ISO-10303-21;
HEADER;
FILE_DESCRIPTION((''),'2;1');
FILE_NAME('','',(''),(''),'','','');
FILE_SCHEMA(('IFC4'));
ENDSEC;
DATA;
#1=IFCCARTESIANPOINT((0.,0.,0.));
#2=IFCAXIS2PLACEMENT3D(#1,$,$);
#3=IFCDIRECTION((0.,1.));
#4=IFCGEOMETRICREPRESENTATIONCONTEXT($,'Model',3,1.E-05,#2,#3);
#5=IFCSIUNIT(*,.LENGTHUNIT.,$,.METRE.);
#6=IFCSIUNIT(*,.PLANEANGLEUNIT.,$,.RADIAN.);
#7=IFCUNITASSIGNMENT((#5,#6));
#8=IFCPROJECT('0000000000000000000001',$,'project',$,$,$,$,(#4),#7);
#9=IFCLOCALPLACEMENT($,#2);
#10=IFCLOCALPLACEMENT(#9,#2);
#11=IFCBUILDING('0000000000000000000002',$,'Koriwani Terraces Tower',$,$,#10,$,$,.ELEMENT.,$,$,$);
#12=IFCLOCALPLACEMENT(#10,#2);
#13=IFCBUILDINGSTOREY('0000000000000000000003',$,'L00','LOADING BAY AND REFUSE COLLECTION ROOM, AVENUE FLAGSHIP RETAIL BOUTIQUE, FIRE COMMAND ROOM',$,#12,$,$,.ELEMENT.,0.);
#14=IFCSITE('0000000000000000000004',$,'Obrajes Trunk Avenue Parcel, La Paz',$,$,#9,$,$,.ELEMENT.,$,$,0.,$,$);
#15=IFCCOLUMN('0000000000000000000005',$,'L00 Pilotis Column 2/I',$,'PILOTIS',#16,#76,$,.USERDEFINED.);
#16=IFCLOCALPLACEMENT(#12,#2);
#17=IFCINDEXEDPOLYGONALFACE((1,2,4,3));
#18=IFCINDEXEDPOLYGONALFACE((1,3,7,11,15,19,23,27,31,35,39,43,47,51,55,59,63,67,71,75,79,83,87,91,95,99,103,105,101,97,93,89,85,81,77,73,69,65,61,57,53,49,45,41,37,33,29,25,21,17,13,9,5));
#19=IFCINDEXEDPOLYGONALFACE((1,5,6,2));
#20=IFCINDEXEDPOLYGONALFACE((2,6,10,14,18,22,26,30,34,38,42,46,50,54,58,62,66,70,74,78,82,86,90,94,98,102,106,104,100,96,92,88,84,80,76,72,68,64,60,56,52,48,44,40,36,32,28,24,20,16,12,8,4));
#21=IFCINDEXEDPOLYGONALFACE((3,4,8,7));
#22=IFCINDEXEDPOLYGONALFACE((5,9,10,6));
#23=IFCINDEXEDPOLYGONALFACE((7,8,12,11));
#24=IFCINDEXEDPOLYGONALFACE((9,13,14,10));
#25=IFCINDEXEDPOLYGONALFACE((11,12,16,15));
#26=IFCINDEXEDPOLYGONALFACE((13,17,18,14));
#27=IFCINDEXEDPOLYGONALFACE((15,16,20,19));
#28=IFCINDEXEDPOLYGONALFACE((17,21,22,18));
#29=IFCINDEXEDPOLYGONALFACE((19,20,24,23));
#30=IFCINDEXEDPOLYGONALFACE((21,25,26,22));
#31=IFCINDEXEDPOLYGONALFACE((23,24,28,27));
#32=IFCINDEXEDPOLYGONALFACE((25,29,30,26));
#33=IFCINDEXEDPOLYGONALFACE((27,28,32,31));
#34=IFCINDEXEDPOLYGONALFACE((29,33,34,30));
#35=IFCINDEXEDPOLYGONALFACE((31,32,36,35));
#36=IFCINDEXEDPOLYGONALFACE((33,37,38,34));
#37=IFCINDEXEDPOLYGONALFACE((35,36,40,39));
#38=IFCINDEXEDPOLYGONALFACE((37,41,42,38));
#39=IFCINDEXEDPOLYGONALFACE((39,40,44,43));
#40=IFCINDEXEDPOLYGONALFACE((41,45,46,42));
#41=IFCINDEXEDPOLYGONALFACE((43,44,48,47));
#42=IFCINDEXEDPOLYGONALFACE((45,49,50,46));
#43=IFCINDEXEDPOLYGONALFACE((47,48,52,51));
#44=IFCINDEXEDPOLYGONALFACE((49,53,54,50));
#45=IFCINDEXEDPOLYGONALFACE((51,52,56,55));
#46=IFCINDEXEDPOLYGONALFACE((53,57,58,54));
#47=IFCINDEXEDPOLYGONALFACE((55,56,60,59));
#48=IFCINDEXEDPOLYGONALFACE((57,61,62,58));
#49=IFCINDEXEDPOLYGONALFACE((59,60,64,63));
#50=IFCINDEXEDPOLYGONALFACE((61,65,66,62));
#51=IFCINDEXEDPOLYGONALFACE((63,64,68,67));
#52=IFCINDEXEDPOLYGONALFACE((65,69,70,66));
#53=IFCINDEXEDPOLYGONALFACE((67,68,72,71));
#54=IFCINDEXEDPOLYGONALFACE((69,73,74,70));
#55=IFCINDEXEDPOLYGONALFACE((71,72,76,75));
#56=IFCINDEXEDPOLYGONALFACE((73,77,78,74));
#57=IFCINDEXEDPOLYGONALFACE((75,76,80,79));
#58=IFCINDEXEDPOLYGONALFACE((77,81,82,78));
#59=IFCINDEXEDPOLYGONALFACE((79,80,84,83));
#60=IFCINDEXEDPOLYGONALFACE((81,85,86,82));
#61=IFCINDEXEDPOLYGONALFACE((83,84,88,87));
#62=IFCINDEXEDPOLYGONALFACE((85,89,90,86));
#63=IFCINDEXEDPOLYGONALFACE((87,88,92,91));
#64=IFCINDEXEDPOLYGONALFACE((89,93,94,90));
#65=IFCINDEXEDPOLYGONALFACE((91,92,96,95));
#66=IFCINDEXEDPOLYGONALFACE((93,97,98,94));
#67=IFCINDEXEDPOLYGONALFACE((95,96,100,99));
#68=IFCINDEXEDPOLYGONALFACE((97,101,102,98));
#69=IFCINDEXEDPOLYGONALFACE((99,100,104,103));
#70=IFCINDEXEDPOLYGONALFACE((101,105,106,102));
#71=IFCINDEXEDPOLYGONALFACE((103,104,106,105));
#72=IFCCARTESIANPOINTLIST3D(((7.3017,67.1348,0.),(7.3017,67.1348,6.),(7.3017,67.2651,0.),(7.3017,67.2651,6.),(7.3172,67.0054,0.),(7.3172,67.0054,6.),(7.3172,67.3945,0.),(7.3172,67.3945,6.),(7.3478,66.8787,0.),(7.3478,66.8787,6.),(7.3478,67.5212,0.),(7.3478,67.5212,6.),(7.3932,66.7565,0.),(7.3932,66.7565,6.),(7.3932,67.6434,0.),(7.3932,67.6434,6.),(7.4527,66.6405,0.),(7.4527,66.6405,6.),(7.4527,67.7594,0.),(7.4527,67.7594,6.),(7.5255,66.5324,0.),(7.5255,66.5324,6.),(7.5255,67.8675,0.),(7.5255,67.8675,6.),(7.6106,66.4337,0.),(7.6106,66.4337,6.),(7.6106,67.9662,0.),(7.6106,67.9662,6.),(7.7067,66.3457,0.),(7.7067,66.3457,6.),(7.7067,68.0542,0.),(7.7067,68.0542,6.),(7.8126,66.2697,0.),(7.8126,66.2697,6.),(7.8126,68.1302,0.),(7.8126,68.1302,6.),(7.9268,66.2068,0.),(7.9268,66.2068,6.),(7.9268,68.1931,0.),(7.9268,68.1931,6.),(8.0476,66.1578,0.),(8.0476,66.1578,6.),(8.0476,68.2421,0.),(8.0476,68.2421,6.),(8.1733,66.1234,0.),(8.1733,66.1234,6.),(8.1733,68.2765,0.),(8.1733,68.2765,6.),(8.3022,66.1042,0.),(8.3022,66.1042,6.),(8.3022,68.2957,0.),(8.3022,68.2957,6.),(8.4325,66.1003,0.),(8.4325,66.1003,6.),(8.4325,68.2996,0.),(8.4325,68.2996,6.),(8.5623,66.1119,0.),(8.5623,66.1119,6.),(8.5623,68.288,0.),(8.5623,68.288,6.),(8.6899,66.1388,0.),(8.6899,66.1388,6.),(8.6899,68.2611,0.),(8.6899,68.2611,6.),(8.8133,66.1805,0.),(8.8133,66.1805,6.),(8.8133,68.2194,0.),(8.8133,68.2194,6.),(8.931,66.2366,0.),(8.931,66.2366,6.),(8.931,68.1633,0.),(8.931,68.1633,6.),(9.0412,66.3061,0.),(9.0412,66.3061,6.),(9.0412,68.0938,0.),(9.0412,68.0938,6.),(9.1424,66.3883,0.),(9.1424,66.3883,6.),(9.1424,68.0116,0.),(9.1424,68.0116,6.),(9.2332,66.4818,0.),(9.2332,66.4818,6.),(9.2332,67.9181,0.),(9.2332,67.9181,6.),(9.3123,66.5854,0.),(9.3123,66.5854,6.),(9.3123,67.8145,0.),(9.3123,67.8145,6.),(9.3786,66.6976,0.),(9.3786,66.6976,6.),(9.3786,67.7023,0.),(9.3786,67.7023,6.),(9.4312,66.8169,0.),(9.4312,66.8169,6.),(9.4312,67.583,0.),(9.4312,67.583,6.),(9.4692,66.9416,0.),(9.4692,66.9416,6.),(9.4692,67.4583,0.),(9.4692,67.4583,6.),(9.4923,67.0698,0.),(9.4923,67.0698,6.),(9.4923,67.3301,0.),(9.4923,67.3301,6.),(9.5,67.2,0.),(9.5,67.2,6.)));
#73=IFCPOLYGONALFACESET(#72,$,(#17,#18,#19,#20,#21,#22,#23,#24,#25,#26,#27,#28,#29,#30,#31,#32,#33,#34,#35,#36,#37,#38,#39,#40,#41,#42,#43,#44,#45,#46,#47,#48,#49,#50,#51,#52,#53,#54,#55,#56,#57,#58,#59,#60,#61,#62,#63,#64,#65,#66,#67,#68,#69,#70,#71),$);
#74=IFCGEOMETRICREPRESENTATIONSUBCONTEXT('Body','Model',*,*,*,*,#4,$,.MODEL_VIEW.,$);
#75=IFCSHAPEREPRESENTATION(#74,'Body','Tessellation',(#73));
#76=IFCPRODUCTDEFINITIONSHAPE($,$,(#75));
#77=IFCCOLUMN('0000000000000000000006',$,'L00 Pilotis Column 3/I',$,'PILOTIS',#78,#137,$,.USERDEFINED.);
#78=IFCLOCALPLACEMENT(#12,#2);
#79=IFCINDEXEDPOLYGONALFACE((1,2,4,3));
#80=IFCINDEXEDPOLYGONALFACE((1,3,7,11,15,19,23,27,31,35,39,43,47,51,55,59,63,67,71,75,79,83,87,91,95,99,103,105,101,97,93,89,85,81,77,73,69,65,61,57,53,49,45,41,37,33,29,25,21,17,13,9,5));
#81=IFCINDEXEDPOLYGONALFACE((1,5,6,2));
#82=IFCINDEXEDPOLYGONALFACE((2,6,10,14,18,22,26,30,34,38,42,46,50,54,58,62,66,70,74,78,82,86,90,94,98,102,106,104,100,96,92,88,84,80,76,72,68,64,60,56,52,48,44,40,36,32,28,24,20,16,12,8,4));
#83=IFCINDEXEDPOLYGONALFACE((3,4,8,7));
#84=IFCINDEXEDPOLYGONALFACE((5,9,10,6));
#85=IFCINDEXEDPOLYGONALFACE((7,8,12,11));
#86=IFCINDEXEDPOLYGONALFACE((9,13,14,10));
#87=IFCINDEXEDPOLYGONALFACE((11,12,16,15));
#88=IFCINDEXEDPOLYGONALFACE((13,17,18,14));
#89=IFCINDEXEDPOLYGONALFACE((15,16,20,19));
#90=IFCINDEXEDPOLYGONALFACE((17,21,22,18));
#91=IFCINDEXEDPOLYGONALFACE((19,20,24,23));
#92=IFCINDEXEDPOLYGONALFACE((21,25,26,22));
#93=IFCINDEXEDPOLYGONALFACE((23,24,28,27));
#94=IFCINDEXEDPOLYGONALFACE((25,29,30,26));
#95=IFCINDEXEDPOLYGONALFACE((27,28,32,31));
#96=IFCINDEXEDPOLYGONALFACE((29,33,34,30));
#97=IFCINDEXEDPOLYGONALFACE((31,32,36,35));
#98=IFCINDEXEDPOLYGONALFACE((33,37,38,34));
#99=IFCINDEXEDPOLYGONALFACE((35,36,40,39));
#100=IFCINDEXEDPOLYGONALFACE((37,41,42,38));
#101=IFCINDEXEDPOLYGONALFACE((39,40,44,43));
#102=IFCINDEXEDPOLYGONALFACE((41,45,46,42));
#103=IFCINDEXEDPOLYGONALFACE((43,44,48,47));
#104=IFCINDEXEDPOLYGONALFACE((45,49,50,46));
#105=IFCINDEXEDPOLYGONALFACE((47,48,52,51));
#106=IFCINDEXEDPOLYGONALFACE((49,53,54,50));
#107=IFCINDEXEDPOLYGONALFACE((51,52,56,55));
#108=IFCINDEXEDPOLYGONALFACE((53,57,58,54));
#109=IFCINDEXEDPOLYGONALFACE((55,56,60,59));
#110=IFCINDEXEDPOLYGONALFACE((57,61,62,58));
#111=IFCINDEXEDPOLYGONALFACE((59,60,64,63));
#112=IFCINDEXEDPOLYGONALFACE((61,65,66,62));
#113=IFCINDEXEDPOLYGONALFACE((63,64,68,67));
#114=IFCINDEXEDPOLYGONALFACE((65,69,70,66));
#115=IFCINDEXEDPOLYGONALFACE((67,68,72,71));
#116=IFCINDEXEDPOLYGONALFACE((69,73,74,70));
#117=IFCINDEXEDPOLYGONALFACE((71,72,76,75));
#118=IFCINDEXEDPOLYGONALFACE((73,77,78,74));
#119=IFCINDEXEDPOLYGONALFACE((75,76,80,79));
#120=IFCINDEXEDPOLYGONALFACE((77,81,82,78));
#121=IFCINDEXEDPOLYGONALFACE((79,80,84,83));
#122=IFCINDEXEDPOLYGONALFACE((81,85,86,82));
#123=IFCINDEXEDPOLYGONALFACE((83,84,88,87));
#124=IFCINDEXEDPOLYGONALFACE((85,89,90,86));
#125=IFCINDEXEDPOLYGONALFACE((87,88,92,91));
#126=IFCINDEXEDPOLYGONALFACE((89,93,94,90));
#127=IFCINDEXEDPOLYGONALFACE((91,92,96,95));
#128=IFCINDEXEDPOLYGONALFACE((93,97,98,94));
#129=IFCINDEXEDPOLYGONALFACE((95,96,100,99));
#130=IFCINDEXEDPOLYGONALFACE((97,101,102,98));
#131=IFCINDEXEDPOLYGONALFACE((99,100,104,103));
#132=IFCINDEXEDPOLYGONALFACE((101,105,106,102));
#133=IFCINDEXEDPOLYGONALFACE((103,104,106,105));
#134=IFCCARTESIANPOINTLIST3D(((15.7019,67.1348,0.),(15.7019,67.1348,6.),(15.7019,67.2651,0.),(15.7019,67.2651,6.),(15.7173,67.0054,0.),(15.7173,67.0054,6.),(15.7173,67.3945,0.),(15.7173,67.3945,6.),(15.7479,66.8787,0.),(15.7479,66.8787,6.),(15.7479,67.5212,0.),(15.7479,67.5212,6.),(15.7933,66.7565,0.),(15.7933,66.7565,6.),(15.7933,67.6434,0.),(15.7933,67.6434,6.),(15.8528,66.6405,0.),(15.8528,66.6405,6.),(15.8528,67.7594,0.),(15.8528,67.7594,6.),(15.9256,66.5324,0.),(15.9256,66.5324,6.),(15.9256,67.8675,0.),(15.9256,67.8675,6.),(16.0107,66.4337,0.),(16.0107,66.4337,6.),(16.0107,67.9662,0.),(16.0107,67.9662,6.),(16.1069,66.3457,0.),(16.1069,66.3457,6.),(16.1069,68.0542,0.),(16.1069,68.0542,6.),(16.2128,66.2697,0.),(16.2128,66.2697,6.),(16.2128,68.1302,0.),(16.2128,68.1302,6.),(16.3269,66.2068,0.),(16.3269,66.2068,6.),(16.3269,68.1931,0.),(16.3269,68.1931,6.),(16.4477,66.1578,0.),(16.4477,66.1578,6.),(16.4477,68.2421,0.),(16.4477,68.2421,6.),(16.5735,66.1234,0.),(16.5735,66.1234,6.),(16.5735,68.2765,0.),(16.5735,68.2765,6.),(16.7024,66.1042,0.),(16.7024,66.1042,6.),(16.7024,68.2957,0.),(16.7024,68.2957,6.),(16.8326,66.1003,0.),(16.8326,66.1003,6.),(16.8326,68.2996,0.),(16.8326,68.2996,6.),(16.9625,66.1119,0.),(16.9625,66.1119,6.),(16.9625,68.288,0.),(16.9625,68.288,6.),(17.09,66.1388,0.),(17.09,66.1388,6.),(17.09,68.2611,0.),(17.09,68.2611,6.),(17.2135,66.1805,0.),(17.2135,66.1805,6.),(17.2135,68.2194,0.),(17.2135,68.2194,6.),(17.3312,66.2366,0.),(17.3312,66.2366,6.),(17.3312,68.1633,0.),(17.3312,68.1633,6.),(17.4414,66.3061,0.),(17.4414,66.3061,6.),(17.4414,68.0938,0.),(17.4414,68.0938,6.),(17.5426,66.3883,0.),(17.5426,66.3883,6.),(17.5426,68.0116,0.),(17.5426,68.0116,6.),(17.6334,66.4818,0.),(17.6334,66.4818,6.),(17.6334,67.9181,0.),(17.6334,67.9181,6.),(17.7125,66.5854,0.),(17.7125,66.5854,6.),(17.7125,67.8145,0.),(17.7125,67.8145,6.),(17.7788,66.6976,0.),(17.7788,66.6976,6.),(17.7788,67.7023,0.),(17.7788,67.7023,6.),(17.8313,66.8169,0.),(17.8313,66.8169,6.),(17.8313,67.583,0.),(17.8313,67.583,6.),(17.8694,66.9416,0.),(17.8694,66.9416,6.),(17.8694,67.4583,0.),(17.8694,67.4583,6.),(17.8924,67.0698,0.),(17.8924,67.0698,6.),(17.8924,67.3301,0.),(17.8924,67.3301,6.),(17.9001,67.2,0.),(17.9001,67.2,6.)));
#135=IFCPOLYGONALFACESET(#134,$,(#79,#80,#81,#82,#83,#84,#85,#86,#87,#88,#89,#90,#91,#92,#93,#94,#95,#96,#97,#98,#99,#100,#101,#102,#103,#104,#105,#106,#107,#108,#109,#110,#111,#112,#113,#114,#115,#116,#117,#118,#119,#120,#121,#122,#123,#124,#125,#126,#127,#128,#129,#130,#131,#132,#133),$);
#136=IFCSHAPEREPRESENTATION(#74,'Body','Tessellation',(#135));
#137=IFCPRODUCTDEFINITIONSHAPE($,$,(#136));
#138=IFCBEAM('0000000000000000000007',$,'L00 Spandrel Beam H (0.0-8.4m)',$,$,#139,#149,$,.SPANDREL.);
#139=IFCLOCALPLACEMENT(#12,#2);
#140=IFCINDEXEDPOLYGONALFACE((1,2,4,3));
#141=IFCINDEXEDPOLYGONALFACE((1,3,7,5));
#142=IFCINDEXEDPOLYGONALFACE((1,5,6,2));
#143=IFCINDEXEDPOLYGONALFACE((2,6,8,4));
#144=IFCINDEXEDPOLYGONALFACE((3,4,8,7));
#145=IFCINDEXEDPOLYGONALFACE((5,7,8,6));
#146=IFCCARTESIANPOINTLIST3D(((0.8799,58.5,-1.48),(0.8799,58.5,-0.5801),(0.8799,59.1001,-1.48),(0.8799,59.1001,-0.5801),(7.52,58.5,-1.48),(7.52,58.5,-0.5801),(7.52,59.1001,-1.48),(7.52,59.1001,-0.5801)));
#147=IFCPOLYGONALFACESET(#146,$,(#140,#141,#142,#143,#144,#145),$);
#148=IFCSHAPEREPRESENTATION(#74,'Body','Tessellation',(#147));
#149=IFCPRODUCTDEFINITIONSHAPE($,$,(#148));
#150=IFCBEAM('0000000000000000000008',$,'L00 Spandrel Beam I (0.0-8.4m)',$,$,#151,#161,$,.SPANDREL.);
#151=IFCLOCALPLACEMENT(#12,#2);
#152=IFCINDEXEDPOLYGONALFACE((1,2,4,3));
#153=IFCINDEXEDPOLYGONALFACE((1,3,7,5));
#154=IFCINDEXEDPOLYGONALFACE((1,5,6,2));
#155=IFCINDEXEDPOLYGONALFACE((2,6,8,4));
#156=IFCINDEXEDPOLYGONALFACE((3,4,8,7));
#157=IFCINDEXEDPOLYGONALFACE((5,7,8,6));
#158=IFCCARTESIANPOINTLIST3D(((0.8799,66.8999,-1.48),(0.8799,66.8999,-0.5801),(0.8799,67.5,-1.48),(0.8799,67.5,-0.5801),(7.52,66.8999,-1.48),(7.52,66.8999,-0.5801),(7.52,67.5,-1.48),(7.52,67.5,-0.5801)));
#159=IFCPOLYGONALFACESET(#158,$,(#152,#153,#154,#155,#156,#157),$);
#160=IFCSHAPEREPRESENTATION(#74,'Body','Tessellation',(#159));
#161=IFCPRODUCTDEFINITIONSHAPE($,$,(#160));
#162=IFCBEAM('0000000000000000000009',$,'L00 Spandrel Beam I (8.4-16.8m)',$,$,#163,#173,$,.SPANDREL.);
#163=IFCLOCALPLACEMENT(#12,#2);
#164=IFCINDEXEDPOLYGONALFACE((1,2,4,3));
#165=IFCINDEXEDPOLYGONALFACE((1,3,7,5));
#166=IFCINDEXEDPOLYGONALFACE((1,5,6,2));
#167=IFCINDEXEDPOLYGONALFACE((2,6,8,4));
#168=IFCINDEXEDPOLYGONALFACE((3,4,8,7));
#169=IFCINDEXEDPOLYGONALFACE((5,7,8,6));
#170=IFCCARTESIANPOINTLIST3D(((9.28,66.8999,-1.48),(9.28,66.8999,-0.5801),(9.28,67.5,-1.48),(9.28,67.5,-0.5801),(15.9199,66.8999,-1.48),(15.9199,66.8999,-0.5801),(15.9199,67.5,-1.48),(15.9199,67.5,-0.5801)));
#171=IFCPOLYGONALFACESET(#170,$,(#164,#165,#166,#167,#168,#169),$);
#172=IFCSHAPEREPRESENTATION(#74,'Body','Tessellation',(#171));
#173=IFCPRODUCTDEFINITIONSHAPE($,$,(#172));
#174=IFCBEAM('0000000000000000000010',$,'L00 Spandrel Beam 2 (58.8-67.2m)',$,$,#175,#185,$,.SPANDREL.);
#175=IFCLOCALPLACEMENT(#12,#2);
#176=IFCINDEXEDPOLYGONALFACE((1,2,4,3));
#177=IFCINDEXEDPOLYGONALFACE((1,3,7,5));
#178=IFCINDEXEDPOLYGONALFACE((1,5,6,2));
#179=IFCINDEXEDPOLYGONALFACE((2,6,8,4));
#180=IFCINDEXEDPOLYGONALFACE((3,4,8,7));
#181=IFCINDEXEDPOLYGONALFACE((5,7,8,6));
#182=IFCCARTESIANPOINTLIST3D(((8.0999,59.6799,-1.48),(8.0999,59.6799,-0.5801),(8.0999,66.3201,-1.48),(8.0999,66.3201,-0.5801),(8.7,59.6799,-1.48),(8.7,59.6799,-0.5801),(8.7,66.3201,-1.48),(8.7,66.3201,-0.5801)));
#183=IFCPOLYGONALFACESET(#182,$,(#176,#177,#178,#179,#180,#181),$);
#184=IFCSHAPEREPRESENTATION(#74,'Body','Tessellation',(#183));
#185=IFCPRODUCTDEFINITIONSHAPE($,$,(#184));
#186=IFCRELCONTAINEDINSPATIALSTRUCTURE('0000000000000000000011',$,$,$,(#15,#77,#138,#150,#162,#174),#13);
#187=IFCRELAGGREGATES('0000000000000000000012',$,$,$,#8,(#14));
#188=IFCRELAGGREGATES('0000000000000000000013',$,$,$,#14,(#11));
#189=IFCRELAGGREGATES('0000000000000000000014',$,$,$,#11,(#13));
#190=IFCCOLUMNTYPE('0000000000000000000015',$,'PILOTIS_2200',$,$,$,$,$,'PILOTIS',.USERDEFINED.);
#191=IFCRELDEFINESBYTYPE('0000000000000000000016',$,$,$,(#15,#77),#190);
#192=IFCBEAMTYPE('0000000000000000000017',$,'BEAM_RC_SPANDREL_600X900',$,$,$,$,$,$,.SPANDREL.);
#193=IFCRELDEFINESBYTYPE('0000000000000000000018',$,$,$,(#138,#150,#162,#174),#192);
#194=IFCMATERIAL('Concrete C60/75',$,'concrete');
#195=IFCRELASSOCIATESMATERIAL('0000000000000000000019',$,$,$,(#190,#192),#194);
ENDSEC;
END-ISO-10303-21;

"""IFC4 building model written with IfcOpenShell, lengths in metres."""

from ifc_helpers import new_model, si_unit, direction, frame, origin, origin_2d, place, context, subcontext, project, spatial, rectangle, circle, extrude, material, material_profile, profile_set, type_object, element, save


model = new_model("IFC4")

# Units and contexts
model_context = context("Model", 3, precision=1e-05, world=origin(), true_north=direction((0.0, 1.0)))
body_context = subcontext(model_context, "Body", "Model", "MODEL_VIEW")
ifc_project = project(units=[si_unit("LENGTHUNIT", "METRE"), si_unit("PLANEANGLEUNIT", "RADIAN")], contexts=[model_context])

# Site, building, storey
site_placement = place(None, origin())
site = spatial("IfcSite", under=ifc_project, at=site_placement, Name="Obrajes Trunk Avenue Parcel, La Paz", CompositionType="ELEMENT", RefElevation=0.0)
building_placement = place(site_placement, origin())
building = spatial("IfcBuilding", under=site, at=building_placement, Name="Koriwani Terraces Tower", CompositionType="ELEMENT")
storey_placement = place(building_placement, origin())
storey = spatial("IfcBuildingStorey", under=building, at=storey_placement, Name="L00", Description="LOADING BAY AND REFUSE COLLECTION ROOM, AVENUE FLAGSHIP RETAIL BOUTIQUE, FIRE COMMAND ROOM", CompositionType="ELEMENT", Elevation=0.0)

# Columns
ifc_material_1 = material(Name="Concrete C60/75", Category="concrete")
ifc_material_profile_1 = material_profile(ifc_material_1, circle(Radius=1.1001, at=origin_2d()), Name="Concrete C60/75", Category="LoadBearing")
ifc_profile_set_1 = profile_set([ifc_material_profile_1], Name="Concrete C60/75")
column_type = type_object("IfcColumnType", Name="PILOTIS_2200", ElementType="PILOTIS", PredefinedType="USERDEFINED", material=ifc_profile_set_1)
for number, where, z_axis, x_axis, name in (
    (1, (8.3999, 67.2, 0.0), (0.0, 0.0, 1.0), (1.0, 0.0, 0.0), "L00 Pilotis Column 2/I"),
    (2, (16.8, 67.2, 0.0), (0.0, 0.0, 1.0), (1.0, 0.0, 0.0), "L00 Pilotis Column 3/I"),
):
    element("IfcColumn", number, at=place(storey_placement, frame(where, z_axis=z_axis, x_axis=x_axis)), inside=storey, type_object=column_type, Name=name, ObjectType="PILOTIS", PredefinedType="USERDEFINED", context=body_context, shape_type="SweptSolid", body=[
        extrude(circle(Radius=1.1001, at=origin_2d()), origin(), (0.0, 0.0, 1.0), 6.0),
    ])

# Beams
ifc_material_profile_2 = material_profile(ifc_material_1, rectangle(XDim=0.6001, YDim=0.8999, at=origin_2d()), Name="Concrete C60/75", Category="LoadBearing")
ifc_profile_set_2 = profile_set([ifc_material_profile_2], Name="Concrete C60/75")
beam_type_1 = type_object("IfcBeamType", Name="BEAM_RC_SPANDREL_600X900", PredefinedType="SPANDREL", material=ifc_profile_set_2)
for number, where, z_axis, x_axis, name in (
    (3, (0.8799, 58.8, -1.03), (1.0, 0.0, 0.0), (0.0, 1.0, 0.0), "L00 Spandrel Beam H (0.0-8.4m)"),
    (4, (0.8799, 67.2, -1.03), (1.0, 0.0, 0.0), (0.0, 1.0, 0.0), "L00 Spandrel Beam I (0.0-8.4m)"),
):
    element("IfcBeam", number, at=place(storey_placement, frame(where, z_axis=z_axis, x_axis=x_axis)), inside=storey, type_object=beam_type_1, Name=name, PredefinedType="SPANDREL", context=body_context, shape_type="SweptSolid", body=[
        extrude(rectangle(XDim=0.6001, YDim=0.8999, at=origin_2d()), origin(), (0.0, 0.0, 1.0), 6.6401),
    ])
beam_1_placement = place(storey_placement, frame((9.28, 67.2, -1.03), z_axis=(1.0, 0.0, 0.0), x_axis=(0.0, 1.0, 0.0)))
element("IfcBeam", 5, at=beam_1_placement, inside=storey, type_object=beam_type_1, Name="L00 Spandrel Beam I (8.4-16.8m)", PredefinedType="SPANDREL", context=body_context, shape_type="SweptSolid", body=[
    extrude(rectangle(XDim=0.6001, YDim=0.8999, at=origin_2d()), origin(), (0.0, 0.0, 1.0), 6.6399),
])
beam_2_placement = place(storey_placement, frame((8.3999, 59.6799, -1.03), z_axis=(0.0, 1.0, 0.0), x_axis=(-1.0, 0.0, 0.0)))
element("IfcBeam", 6, at=beam_2_placement, inside=storey, type_object=beam_type_1, Name="L00 Spandrel Beam 2 (58.8-67.2m)", PredefinedType="SPANDREL", context=body_context, shape_type="SweptSolid", body=[
    extrude(rectangle(XDim=0.6001, YDim=0.8999, at=origin_2d()), origin(), (0.0, 0.0, 1.0), 6.6401),
])

save(model, "model.ifc")
